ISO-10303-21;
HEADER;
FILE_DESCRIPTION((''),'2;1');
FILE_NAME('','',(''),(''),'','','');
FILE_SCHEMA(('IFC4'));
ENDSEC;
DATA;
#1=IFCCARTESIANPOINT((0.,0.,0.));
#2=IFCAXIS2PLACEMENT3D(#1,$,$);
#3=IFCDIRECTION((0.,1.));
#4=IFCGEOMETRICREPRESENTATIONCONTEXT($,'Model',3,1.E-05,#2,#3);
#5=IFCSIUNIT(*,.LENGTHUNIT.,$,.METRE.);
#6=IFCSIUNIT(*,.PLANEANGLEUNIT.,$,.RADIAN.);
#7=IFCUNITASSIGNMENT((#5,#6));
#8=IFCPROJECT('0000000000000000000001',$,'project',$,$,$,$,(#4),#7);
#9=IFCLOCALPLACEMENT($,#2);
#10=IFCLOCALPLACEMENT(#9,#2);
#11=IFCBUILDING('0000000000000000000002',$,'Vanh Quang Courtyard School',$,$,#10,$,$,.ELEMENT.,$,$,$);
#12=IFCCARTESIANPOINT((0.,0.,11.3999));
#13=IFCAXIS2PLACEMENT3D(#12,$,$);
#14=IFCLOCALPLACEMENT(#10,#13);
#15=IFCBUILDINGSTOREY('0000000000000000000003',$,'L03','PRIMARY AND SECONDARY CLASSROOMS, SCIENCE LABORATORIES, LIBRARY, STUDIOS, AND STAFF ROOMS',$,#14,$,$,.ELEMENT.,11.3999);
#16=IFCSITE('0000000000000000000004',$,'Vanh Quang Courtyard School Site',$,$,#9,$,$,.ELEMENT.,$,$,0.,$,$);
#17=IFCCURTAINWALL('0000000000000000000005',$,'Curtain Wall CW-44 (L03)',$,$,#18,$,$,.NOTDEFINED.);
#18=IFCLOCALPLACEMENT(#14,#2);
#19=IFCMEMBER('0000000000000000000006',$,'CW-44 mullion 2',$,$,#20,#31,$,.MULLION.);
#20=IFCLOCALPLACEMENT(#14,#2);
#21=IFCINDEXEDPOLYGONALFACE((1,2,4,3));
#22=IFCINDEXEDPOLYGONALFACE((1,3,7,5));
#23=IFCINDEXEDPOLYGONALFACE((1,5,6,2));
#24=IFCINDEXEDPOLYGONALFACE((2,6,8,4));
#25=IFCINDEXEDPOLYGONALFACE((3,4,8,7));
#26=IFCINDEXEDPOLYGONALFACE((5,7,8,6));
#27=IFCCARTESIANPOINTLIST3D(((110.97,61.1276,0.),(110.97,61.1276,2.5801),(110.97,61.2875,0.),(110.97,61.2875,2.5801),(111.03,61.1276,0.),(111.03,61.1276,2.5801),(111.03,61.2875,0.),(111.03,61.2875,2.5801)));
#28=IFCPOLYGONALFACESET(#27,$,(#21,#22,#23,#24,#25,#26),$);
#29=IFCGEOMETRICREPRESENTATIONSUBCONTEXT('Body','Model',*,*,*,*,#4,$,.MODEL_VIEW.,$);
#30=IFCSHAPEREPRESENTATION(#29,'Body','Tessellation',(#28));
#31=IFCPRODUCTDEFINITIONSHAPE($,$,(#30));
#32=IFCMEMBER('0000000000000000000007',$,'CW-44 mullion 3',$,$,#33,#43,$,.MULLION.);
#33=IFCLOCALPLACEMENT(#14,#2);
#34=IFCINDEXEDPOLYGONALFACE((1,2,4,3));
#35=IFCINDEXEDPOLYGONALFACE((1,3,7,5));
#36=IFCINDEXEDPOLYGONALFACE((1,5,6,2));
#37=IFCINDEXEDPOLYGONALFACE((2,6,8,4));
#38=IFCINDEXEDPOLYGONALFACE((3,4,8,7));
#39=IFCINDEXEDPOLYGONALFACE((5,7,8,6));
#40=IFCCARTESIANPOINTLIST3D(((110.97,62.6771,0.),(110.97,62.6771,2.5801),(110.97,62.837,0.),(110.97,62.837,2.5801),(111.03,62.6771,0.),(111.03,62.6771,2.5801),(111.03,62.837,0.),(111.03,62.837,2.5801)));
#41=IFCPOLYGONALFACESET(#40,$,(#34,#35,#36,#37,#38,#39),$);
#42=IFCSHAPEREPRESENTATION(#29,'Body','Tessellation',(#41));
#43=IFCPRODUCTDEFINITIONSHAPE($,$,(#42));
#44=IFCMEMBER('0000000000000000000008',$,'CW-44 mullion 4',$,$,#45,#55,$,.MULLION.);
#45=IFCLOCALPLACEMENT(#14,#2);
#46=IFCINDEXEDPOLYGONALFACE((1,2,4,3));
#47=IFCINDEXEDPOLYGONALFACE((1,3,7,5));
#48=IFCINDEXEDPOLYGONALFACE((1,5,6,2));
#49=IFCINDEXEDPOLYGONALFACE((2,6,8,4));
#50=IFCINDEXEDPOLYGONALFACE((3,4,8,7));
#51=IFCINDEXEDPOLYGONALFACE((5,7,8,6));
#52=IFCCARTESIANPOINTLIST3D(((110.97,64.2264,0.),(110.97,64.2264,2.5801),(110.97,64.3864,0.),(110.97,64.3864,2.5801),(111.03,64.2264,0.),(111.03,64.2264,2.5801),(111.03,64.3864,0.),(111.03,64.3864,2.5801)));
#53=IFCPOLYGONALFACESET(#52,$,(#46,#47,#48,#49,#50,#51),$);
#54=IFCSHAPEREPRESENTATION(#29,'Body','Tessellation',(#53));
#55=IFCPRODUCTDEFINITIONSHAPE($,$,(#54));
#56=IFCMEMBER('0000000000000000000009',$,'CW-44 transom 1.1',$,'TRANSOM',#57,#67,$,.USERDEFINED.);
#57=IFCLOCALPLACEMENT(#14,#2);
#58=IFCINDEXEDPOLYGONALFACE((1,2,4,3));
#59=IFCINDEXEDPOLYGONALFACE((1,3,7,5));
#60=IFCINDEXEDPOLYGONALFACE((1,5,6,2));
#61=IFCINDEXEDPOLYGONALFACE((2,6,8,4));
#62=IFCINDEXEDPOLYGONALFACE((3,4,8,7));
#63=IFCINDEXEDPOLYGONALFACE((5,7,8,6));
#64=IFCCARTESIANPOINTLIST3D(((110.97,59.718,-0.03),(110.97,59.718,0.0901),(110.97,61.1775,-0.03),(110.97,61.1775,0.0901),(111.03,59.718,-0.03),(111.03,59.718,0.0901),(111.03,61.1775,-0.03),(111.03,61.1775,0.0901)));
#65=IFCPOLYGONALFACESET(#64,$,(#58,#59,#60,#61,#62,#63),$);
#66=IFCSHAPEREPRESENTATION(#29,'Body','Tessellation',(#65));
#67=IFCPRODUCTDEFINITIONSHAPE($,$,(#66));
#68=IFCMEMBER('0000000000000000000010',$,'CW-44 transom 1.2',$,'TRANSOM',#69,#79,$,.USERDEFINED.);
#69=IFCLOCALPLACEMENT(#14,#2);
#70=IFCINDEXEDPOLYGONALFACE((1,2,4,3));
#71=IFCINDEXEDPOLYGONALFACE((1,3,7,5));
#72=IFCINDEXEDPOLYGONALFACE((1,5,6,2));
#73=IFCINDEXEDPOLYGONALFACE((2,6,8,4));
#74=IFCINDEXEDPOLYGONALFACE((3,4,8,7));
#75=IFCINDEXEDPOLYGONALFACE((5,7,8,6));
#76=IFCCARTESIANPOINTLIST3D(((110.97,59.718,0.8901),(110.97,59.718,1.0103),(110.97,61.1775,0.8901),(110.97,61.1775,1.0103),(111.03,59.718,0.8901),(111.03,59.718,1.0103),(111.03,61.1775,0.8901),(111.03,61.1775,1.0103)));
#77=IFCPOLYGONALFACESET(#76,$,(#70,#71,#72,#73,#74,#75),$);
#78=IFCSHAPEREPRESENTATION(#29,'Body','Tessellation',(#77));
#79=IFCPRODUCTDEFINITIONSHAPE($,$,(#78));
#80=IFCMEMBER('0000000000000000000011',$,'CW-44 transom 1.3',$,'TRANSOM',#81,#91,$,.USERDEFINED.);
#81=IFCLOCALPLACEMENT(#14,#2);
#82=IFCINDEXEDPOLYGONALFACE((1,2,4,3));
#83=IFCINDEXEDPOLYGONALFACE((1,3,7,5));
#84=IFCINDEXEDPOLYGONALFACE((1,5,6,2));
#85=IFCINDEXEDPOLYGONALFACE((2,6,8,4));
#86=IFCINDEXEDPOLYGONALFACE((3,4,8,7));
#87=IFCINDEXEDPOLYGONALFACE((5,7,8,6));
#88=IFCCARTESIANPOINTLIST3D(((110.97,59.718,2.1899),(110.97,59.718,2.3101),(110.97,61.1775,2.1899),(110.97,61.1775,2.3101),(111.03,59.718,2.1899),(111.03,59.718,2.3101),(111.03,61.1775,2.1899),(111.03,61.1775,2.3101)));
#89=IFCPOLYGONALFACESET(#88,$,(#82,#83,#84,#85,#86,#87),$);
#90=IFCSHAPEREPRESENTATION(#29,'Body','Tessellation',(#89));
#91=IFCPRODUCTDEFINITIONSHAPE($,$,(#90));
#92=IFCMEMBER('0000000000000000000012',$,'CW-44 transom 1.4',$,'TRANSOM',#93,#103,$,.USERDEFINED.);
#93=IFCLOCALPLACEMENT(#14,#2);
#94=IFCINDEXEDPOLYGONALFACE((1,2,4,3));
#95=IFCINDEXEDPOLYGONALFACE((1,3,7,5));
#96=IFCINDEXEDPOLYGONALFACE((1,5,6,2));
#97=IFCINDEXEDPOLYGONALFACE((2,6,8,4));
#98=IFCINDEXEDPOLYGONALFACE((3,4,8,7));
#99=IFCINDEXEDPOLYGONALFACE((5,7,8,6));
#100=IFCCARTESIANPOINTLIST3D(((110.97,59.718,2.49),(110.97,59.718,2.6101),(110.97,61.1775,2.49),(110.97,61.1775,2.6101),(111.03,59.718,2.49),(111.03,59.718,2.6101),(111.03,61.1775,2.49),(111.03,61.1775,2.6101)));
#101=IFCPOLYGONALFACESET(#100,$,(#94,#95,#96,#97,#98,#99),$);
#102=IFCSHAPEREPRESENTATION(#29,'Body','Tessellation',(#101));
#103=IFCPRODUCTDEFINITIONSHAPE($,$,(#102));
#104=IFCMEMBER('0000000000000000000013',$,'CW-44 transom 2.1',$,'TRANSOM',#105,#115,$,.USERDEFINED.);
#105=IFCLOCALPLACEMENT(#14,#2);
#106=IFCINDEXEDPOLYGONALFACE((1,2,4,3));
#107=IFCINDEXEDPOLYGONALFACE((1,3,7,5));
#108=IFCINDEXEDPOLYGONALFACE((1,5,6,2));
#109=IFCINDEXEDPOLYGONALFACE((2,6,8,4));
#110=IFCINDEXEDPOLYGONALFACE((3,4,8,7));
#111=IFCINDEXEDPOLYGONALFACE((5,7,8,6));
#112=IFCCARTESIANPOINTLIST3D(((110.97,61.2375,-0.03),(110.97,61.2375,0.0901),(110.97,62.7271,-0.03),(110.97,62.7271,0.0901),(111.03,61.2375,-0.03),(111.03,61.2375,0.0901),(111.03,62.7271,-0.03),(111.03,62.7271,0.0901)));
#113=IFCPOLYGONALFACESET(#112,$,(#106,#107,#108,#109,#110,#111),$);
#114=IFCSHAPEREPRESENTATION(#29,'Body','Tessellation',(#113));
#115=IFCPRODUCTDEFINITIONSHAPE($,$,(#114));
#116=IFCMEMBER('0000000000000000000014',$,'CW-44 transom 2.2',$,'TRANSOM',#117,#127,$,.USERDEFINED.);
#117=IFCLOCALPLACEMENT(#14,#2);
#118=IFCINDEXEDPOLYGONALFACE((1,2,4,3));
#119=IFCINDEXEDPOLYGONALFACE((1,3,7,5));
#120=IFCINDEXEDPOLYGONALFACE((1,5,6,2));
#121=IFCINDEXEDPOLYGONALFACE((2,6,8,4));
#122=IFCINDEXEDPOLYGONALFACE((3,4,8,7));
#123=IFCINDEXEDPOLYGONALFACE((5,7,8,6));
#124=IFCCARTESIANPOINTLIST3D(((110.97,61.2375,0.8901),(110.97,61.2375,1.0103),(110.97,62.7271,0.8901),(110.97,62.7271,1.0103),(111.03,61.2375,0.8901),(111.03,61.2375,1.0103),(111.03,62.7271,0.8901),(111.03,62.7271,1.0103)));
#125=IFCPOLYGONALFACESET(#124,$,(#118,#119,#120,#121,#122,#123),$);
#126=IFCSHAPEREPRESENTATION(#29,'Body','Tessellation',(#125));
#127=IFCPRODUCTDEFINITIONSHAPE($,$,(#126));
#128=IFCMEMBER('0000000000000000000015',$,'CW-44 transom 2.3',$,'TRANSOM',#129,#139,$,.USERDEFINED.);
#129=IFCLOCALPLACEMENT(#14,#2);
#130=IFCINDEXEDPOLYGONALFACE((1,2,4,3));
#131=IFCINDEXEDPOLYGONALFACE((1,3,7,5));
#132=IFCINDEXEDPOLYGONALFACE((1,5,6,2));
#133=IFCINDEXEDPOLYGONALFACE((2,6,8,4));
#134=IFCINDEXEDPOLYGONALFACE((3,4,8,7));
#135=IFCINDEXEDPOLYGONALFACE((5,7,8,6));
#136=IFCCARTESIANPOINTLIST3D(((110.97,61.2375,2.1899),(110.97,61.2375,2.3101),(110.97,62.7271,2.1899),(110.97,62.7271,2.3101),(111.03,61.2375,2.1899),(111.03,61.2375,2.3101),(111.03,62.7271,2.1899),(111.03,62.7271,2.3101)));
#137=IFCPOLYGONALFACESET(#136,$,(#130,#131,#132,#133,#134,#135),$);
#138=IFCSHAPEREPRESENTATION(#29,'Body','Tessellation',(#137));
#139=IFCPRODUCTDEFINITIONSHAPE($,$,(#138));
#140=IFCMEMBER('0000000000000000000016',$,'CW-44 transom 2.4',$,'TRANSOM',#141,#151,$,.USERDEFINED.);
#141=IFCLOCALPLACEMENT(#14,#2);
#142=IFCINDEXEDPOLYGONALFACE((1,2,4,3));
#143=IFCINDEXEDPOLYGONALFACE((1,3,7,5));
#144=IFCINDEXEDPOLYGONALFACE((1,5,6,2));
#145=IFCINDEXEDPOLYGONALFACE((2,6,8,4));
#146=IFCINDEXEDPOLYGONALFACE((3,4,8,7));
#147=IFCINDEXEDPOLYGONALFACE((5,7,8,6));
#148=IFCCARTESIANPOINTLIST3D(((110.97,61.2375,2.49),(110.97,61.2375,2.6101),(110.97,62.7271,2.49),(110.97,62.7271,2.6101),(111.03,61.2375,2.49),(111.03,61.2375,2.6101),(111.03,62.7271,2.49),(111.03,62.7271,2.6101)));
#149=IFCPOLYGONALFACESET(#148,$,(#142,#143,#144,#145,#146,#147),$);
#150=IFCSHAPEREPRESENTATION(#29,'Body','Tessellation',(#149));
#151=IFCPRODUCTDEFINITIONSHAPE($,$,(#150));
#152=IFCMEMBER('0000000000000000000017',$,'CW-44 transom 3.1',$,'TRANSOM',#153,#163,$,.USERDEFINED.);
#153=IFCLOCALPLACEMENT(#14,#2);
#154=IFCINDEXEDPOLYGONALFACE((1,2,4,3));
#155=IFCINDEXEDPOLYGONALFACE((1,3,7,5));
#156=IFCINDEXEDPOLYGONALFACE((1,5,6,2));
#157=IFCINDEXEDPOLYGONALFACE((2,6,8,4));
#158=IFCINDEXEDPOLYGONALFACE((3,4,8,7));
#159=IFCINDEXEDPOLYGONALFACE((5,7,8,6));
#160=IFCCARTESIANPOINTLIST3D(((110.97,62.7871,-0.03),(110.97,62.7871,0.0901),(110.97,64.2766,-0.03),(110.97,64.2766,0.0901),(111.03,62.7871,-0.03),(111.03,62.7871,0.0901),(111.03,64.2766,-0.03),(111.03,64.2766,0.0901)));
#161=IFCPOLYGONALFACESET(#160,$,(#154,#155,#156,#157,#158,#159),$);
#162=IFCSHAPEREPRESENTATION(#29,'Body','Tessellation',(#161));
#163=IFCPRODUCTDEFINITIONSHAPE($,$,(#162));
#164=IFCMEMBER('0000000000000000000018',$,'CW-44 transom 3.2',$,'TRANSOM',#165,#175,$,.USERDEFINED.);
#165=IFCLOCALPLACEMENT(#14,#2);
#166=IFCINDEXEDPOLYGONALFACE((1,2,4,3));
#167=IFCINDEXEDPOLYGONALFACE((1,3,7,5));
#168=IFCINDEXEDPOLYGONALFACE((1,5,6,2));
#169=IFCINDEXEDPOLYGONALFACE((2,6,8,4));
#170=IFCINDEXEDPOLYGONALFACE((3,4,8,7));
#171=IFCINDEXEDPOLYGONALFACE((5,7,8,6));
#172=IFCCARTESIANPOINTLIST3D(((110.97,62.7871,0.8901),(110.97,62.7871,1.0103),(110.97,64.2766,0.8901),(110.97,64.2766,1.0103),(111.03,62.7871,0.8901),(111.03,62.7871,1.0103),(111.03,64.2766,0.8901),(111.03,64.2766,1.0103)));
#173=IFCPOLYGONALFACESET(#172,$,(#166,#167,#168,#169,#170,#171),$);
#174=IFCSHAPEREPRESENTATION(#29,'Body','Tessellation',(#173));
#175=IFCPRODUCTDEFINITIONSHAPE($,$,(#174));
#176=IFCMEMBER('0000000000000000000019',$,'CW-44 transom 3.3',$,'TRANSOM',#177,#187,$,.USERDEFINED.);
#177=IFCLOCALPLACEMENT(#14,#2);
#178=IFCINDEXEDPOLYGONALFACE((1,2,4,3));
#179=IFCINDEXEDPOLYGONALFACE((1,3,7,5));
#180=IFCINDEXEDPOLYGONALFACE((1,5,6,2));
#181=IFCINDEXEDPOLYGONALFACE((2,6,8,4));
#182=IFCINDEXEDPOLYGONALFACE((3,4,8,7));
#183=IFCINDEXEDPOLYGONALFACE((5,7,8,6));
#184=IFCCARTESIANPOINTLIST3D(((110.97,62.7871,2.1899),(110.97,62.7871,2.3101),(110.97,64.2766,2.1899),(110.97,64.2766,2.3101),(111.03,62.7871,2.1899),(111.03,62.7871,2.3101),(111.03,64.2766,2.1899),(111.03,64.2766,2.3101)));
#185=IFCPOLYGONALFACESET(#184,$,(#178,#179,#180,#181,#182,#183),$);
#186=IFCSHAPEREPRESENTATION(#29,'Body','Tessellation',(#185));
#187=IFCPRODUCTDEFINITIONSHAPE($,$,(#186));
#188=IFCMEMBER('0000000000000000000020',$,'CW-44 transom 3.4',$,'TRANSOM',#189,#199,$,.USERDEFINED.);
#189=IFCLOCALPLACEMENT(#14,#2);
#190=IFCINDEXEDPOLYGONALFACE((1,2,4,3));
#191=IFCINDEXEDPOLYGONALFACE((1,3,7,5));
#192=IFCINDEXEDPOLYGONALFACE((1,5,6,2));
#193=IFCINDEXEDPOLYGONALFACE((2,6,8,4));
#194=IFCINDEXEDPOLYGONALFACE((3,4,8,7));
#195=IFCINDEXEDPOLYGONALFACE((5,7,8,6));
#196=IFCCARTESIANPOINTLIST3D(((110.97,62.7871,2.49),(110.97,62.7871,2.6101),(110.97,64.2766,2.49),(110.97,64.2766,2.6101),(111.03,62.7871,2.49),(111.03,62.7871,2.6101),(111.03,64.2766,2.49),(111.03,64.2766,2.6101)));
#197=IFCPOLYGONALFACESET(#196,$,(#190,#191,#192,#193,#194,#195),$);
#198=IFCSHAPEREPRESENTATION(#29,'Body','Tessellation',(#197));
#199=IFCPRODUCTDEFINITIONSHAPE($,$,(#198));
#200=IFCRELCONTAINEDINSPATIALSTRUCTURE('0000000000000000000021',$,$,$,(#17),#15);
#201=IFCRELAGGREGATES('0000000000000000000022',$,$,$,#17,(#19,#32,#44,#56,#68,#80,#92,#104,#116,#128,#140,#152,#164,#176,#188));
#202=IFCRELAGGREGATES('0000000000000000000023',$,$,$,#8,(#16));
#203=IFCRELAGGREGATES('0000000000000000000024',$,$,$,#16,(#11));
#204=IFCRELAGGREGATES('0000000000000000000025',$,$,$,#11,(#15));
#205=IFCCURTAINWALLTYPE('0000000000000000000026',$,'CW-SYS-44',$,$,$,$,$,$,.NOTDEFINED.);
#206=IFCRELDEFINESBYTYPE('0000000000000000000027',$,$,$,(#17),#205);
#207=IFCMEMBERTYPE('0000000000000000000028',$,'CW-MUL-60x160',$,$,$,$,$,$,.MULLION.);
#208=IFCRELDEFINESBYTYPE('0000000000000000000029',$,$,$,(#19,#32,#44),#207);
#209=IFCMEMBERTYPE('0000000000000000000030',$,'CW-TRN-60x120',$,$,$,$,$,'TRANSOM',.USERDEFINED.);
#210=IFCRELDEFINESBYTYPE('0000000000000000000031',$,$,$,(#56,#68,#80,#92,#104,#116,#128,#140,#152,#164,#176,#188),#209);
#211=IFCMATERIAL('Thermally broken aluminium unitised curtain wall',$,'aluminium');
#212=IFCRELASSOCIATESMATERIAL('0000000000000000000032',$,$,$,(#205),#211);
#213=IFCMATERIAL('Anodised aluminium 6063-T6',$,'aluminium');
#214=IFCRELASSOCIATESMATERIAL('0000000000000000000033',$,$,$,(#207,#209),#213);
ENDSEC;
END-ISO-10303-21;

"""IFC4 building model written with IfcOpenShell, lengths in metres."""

from ifc_helpers import new_model, si_unit, direction, frame, origin, origin_2d, place, context, subcontext, project, spatial, rectangle, extrude, material, material_profile, profile_set, type_object, element, aggregate, save


model = new_model("IFC4")

# Units and contexts
model_context = context("Model", 3, precision=1e-05, world=origin(), true_north=direction((0.0, 1.0)))
body_context = subcontext(model_context, "Body", "Model", "MODEL_VIEW")
ifc_project = project(units=[si_unit("LENGTHUNIT", "METRE"), si_unit("PLANEANGLEUNIT", "RADIAN")], contexts=[model_context])

# Site, building, storey
site_placement = place(None, origin())
site = spatial("IfcSite", under=ifc_project, at=site_placement, Name="Vanh Quang Courtyard School Site", CompositionType="ELEMENT", RefElevation=0.0)
building_placement = place(site_placement, origin())
building = spatial("IfcBuilding", under=site, at=building_placement, Name="Vanh Quang Courtyard School", CompositionType="ELEMENT")
storey_placement = place(building_placement, frame((0.0, 0.0, 11.3999)))
storey = spatial("IfcBuildingStorey", under=building, at=storey_placement, Name="L03", Description="PRIMARY AND SECONDARY CLASSROOMS, SCIENCE LABORATORIES, LIBRARY, STUDIOS, AND STAFF ROOMS", CompositionType="ELEMENT", Elevation=11.3999)

# Curtain wall, members
ifc_material_1 = material(Name="Thermally broken aluminium unitised curtain wall", Category="aluminium")
curtain_wall_type = type_object("IfcCurtainWallType", Name="CW-SYS-44", PredefinedType="NOTDEFINED", material=ifc_material_1)
curtain_wall_placement = place(storey_placement, origin())
curtain_wall = element("IfcCurtainWall", 1, at=curtain_wall_placement, inside=storey, type_object=curtain_wall_type, Name="Curtain Wall CW-44 (L03)", PredefinedType="NOTDEFINED")
ifc_material_2 = material(Name="Anodised aluminium 6063-T6", Category="aluminium")
ifc_material_profile_1 = material_profile(ifc_material_2, rectangle(XDim=0.0601, YDim=0.1599, at=origin_2d()), Name="ALU-MUL 60x160")
ifc_profile_set_1 = profile_set([ifc_material_profile_1], Name="Anodised aluminium 6063-T6")
member_type_1 = type_object("IfcMemberType", Name="CW-MUL-60x160", PredefinedType="MULLION", material=ifc_profile_set_1)
member_1_placement = place(storey_placement, frame((111.0, 61.2075, 0.0), z_axis=(0.0, 0.0, 1.0), x_axis=(-1.0, 0.0, 0.0)))
member_1 = element("IfcMember", 2, at=member_1_placement, type_object=member_type_1, Name="CW-44 mullion 2", PredefinedType="MULLION", context=body_context, shape_type="SweptSolid", body=[
    extrude(rectangle(XDim=0.0601, YDim=0.1599, at=origin_2d()), origin(), (0.0, 0.0, 1.0), 2.5801),
])
member_2_placement = place(storey_placement, frame((111.0, 62.7571, 0.0), z_axis=(0.0, 0.0, 1.0), x_axis=(-1.0, 0.0, 0.0)))
member_2 = element("IfcMember", 3, at=member_2_placement, type_object=member_type_1, Name="CW-44 mullion 3", PredefinedType="MULLION", context=body_context, shape_type="SweptSolid", body=[
    extrude(rectangle(XDim=0.0601, YDim=0.1599, at=origin_2d()), origin(), (0.0, 0.0, 1.0), 2.5801),
])
member_3_placement = place(storey_placement, frame((111.0, 64.3064, 0.0), z_axis=(0.0, 0.0, 1.0), x_axis=(-1.0, 0.0, 0.0)))
member_3 = element("IfcMember", 4, at=member_3_placement, type_object=member_type_1, Name="CW-44 mullion 4", PredefinedType="MULLION", context=body_context, shape_type="SweptSolid", body=[
    extrude(rectangle(XDim=0.0601, YDim=0.1599, at=origin_2d()), origin(), (0.0, 0.0, 1.0), 2.5801),
])
ifc_material_profile_2 = material_profile(ifc_material_2, rectangle(XDim=0.0601, YDim=0.1201, at=origin_2d()), Name="ALU-TRN 60x120")
ifc_profile_set_2 = profile_set([ifc_material_profile_2], Name="Anodised aluminium 6063-T6")
member_type_2 = type_object("IfcMemberType", Name="CW-TRN-60x120", ElementType="TRANSOM", PredefinedType="USERDEFINED", material=ifc_profile_set_2)
member_4_placement = place(storey_placement, frame((111.0, 59.718, 0.03), z_axis=(0.0, 1.0, 0.0), x_axis=(-1.0, 0.0, 0.0)))
member_4 = element("IfcMember", 5, at=member_4_placement, type_object=member_type_2, Name="CW-44 transom 1.1", ObjectType="TRANSOM", PredefinedType="USERDEFINED", context=body_context, shape_type="SweptSolid", body=[
    extrude(rectangle(XDim=0.0601, YDim=0.1201, at=origin_2d()), origin(), (0.0, 0.0, 1.0), 1.4595),
])
member_5_placement = place(storey_placement, frame((111.0, 59.718, 0.9502), z_axis=(0.0, 1.0, 0.0), x_axis=(-1.0, 0.0, 0.0)))
member_5 = element("IfcMember", 6, at=member_5_placement, type_object=member_type_2, Name="CW-44 transom 1.2", ObjectType="TRANSOM", PredefinedType="USERDEFINED", context=body_context, shape_type="SweptSolid", body=[
    extrude(rectangle(XDim=0.0601, YDim=0.1201, at=origin_2d()), origin(), (0.0, 0.0, 1.0), 1.4595),
])
member_6_placement = place(storey_placement, frame((111.0, 59.718, 2.25), z_axis=(0.0, 1.0, 0.0), x_axis=(-1.0, 0.0, 0.0)))
member_6 = element("IfcMember", 7, at=member_6_placement, type_object=member_type_2, Name="CW-44 transom 1.3", ObjectType="TRANSOM", PredefinedType="USERDEFINED", context=body_context, shape_type="SweptSolid", body=[
    extrude(rectangle(XDim=0.0601, YDim=0.1201, at=origin_2d()), origin(), (0.0, 0.0, 1.0), 1.4595),
])
member_7_placement = place(storey_placement, frame((111.0, 59.718, 2.55), z_axis=(0.0, 1.0, 0.0), x_axis=(-1.0, 0.0, 0.0)))
member_7 = element("IfcMember", 8, at=member_7_placement, type_object=member_type_2, Name="CW-44 transom 1.4", ObjectType="TRANSOM", PredefinedType="USERDEFINED", context=body_context, shape_type="SweptSolid", body=[
    extrude(rectangle(XDim=0.0601, YDim=0.1201, at=origin_2d()), origin(), (0.0, 0.0, 1.0), 1.4595),
])
member_8_placement = place(storey_placement, frame((111.0, 61.2375, 0.03), z_axis=(0.0, 1.0, 0.0), x_axis=(-1.0, 0.0, 0.0)))
member_8 = element("IfcMember", 9, at=member_8_placement, type_object=member_type_2, Name="CW-44 transom 2.1", ObjectType="TRANSOM", PredefinedType="USERDEFINED", context=body_context, shape_type="SweptSolid", body=[
    extrude(rectangle(XDim=0.0601, YDim=0.1201, at=origin_2d()), origin(), (0.0, 0.0, 1.0), 1.4895),
])
member_9_placement = place(storey_placement, frame((111.0, 61.2375, 0.9502), z_axis=(0.0, 1.0, 0.0), x_axis=(-1.0, 0.0, 0.0)))
member_9 = element("IfcMember", 10, at=member_9_placement, type_object=member_type_2, Name="CW-44 transom 2.2", ObjectType="TRANSOM", PredefinedType="USERDEFINED", context=body_context, shape_type="SweptSolid", body=[
    extrude(rectangle(XDim=0.0601, YDim=0.1201, at=origin_2d()), origin(), (0.0, 0.0, 1.0), 1.4895),
])
member_10_placement = place(storey_placement, frame((111.0, 61.2375, 2.25), z_axis=(0.0, 1.0, 0.0), x_axis=(-1.0, 0.0, 0.0)))
member_10 = element("IfcMember", 11, at=member_10_placement, type_object=member_type_2, Name="CW-44 transom 2.3", ObjectType="TRANSOM", PredefinedType="USERDEFINED", context=body_context, shape_type="SweptSolid", body=[
    extrude(rectangle(XDim=0.0601, YDim=0.1201, at=origin_2d()), origin(), (0.0, 0.0, 1.0), 1.4895),
])
member_11_placement = place(storey_placement, frame((111.0, 61.2375, 2.55), z_axis=(0.0, 1.0, 0.0), x_axis=(-1.0, 0.0, 0.0)))
member_11 = element("IfcMember", 12, at=member_11_placement, type_object=member_type_2, Name="CW-44 transom 2.4", ObjectType="TRANSOM", PredefinedType="USERDEFINED", context=body_context, shape_type="SweptSolid", body=[
    extrude(rectangle(XDim=0.0601, YDim=0.1201, at=origin_2d()), origin(), (0.0, 0.0, 1.0), 1.4895),
])
member_12_placement = place(storey_placement, frame((111.0, 62.7871, 0.03), z_axis=(0.0, 1.0, 0.0), x_axis=(-1.0, 0.0, 0.0)))
member_12 = element("IfcMember", 13, at=member_12_placement, type_object=member_type_2, Name="CW-44 transom 3.1", ObjectType="TRANSOM", PredefinedType="USERDEFINED", context=body_context, shape_type="SweptSolid", body=[
    extrude(rectangle(XDim=0.0601, YDim=0.1201, at=origin_2d()), origin(), (0.0, 0.0, 1.0), 1.4895),
])
member_13_placement = place(storey_placement, frame((111.0, 62.7871, 0.9502), z_axis=(0.0, 1.0, 0.0), x_axis=(-1.0, 0.0, 0.0)))
member_13 = element("IfcMember", 14, at=member_13_placement, type_object=member_type_2, Name="CW-44 transom 3.2", ObjectType="TRANSOM", PredefinedType="USERDEFINED", context=body_context, shape_type="SweptSolid", body=[
    extrude(rectangle(XDim=0.0601, YDim=0.1201, at=origin_2d()), origin(), (0.0, 0.0, 1.0), 1.4895),
])
member_14_placement = place(storey_placement, frame((111.0, 62.7871, 2.25), z_axis=(0.0, 1.0, 0.0), x_axis=(-1.0, 0.0, 0.0)))
member_14 = element("IfcMember", 15, at=member_14_placement, type_object=member_type_2, Name="CW-44 transom 3.3", ObjectType="TRANSOM", PredefinedType="USERDEFINED", context=body_context, shape_type="SweptSolid", body=[
    extrude(rectangle(XDim=0.0601, YDim=0.1201, at=origin_2d()), origin(), (0.0, 0.0, 1.0), 1.4895),
])
member_15_placement = place(storey_placement, frame((111.0, 62.7871, 2.55), z_axis=(0.0, 1.0, 0.0), x_axis=(-1.0, 0.0, 0.0)))
member_15 = element("IfcMember", 16, at=member_15_placement, type_object=member_type_2, Name="CW-44 transom 3.4", ObjectType="TRANSOM", PredefinedType="USERDEFINED", context=body_context, shape_type="SweptSolid", body=[
    extrude(rectangle(XDim=0.0601, YDim=0.1201, at=origin_2d()), origin(), (0.0, 0.0, 1.0), 1.4895),
])

aggregate(curtain_wall, [member_1, member_2, member_3, member_4, member_5, member_6, member_7, member_8, member_9, member_10, member_11, member_12, member_13, member_14, member_15])

save(model, "model.ifc")
